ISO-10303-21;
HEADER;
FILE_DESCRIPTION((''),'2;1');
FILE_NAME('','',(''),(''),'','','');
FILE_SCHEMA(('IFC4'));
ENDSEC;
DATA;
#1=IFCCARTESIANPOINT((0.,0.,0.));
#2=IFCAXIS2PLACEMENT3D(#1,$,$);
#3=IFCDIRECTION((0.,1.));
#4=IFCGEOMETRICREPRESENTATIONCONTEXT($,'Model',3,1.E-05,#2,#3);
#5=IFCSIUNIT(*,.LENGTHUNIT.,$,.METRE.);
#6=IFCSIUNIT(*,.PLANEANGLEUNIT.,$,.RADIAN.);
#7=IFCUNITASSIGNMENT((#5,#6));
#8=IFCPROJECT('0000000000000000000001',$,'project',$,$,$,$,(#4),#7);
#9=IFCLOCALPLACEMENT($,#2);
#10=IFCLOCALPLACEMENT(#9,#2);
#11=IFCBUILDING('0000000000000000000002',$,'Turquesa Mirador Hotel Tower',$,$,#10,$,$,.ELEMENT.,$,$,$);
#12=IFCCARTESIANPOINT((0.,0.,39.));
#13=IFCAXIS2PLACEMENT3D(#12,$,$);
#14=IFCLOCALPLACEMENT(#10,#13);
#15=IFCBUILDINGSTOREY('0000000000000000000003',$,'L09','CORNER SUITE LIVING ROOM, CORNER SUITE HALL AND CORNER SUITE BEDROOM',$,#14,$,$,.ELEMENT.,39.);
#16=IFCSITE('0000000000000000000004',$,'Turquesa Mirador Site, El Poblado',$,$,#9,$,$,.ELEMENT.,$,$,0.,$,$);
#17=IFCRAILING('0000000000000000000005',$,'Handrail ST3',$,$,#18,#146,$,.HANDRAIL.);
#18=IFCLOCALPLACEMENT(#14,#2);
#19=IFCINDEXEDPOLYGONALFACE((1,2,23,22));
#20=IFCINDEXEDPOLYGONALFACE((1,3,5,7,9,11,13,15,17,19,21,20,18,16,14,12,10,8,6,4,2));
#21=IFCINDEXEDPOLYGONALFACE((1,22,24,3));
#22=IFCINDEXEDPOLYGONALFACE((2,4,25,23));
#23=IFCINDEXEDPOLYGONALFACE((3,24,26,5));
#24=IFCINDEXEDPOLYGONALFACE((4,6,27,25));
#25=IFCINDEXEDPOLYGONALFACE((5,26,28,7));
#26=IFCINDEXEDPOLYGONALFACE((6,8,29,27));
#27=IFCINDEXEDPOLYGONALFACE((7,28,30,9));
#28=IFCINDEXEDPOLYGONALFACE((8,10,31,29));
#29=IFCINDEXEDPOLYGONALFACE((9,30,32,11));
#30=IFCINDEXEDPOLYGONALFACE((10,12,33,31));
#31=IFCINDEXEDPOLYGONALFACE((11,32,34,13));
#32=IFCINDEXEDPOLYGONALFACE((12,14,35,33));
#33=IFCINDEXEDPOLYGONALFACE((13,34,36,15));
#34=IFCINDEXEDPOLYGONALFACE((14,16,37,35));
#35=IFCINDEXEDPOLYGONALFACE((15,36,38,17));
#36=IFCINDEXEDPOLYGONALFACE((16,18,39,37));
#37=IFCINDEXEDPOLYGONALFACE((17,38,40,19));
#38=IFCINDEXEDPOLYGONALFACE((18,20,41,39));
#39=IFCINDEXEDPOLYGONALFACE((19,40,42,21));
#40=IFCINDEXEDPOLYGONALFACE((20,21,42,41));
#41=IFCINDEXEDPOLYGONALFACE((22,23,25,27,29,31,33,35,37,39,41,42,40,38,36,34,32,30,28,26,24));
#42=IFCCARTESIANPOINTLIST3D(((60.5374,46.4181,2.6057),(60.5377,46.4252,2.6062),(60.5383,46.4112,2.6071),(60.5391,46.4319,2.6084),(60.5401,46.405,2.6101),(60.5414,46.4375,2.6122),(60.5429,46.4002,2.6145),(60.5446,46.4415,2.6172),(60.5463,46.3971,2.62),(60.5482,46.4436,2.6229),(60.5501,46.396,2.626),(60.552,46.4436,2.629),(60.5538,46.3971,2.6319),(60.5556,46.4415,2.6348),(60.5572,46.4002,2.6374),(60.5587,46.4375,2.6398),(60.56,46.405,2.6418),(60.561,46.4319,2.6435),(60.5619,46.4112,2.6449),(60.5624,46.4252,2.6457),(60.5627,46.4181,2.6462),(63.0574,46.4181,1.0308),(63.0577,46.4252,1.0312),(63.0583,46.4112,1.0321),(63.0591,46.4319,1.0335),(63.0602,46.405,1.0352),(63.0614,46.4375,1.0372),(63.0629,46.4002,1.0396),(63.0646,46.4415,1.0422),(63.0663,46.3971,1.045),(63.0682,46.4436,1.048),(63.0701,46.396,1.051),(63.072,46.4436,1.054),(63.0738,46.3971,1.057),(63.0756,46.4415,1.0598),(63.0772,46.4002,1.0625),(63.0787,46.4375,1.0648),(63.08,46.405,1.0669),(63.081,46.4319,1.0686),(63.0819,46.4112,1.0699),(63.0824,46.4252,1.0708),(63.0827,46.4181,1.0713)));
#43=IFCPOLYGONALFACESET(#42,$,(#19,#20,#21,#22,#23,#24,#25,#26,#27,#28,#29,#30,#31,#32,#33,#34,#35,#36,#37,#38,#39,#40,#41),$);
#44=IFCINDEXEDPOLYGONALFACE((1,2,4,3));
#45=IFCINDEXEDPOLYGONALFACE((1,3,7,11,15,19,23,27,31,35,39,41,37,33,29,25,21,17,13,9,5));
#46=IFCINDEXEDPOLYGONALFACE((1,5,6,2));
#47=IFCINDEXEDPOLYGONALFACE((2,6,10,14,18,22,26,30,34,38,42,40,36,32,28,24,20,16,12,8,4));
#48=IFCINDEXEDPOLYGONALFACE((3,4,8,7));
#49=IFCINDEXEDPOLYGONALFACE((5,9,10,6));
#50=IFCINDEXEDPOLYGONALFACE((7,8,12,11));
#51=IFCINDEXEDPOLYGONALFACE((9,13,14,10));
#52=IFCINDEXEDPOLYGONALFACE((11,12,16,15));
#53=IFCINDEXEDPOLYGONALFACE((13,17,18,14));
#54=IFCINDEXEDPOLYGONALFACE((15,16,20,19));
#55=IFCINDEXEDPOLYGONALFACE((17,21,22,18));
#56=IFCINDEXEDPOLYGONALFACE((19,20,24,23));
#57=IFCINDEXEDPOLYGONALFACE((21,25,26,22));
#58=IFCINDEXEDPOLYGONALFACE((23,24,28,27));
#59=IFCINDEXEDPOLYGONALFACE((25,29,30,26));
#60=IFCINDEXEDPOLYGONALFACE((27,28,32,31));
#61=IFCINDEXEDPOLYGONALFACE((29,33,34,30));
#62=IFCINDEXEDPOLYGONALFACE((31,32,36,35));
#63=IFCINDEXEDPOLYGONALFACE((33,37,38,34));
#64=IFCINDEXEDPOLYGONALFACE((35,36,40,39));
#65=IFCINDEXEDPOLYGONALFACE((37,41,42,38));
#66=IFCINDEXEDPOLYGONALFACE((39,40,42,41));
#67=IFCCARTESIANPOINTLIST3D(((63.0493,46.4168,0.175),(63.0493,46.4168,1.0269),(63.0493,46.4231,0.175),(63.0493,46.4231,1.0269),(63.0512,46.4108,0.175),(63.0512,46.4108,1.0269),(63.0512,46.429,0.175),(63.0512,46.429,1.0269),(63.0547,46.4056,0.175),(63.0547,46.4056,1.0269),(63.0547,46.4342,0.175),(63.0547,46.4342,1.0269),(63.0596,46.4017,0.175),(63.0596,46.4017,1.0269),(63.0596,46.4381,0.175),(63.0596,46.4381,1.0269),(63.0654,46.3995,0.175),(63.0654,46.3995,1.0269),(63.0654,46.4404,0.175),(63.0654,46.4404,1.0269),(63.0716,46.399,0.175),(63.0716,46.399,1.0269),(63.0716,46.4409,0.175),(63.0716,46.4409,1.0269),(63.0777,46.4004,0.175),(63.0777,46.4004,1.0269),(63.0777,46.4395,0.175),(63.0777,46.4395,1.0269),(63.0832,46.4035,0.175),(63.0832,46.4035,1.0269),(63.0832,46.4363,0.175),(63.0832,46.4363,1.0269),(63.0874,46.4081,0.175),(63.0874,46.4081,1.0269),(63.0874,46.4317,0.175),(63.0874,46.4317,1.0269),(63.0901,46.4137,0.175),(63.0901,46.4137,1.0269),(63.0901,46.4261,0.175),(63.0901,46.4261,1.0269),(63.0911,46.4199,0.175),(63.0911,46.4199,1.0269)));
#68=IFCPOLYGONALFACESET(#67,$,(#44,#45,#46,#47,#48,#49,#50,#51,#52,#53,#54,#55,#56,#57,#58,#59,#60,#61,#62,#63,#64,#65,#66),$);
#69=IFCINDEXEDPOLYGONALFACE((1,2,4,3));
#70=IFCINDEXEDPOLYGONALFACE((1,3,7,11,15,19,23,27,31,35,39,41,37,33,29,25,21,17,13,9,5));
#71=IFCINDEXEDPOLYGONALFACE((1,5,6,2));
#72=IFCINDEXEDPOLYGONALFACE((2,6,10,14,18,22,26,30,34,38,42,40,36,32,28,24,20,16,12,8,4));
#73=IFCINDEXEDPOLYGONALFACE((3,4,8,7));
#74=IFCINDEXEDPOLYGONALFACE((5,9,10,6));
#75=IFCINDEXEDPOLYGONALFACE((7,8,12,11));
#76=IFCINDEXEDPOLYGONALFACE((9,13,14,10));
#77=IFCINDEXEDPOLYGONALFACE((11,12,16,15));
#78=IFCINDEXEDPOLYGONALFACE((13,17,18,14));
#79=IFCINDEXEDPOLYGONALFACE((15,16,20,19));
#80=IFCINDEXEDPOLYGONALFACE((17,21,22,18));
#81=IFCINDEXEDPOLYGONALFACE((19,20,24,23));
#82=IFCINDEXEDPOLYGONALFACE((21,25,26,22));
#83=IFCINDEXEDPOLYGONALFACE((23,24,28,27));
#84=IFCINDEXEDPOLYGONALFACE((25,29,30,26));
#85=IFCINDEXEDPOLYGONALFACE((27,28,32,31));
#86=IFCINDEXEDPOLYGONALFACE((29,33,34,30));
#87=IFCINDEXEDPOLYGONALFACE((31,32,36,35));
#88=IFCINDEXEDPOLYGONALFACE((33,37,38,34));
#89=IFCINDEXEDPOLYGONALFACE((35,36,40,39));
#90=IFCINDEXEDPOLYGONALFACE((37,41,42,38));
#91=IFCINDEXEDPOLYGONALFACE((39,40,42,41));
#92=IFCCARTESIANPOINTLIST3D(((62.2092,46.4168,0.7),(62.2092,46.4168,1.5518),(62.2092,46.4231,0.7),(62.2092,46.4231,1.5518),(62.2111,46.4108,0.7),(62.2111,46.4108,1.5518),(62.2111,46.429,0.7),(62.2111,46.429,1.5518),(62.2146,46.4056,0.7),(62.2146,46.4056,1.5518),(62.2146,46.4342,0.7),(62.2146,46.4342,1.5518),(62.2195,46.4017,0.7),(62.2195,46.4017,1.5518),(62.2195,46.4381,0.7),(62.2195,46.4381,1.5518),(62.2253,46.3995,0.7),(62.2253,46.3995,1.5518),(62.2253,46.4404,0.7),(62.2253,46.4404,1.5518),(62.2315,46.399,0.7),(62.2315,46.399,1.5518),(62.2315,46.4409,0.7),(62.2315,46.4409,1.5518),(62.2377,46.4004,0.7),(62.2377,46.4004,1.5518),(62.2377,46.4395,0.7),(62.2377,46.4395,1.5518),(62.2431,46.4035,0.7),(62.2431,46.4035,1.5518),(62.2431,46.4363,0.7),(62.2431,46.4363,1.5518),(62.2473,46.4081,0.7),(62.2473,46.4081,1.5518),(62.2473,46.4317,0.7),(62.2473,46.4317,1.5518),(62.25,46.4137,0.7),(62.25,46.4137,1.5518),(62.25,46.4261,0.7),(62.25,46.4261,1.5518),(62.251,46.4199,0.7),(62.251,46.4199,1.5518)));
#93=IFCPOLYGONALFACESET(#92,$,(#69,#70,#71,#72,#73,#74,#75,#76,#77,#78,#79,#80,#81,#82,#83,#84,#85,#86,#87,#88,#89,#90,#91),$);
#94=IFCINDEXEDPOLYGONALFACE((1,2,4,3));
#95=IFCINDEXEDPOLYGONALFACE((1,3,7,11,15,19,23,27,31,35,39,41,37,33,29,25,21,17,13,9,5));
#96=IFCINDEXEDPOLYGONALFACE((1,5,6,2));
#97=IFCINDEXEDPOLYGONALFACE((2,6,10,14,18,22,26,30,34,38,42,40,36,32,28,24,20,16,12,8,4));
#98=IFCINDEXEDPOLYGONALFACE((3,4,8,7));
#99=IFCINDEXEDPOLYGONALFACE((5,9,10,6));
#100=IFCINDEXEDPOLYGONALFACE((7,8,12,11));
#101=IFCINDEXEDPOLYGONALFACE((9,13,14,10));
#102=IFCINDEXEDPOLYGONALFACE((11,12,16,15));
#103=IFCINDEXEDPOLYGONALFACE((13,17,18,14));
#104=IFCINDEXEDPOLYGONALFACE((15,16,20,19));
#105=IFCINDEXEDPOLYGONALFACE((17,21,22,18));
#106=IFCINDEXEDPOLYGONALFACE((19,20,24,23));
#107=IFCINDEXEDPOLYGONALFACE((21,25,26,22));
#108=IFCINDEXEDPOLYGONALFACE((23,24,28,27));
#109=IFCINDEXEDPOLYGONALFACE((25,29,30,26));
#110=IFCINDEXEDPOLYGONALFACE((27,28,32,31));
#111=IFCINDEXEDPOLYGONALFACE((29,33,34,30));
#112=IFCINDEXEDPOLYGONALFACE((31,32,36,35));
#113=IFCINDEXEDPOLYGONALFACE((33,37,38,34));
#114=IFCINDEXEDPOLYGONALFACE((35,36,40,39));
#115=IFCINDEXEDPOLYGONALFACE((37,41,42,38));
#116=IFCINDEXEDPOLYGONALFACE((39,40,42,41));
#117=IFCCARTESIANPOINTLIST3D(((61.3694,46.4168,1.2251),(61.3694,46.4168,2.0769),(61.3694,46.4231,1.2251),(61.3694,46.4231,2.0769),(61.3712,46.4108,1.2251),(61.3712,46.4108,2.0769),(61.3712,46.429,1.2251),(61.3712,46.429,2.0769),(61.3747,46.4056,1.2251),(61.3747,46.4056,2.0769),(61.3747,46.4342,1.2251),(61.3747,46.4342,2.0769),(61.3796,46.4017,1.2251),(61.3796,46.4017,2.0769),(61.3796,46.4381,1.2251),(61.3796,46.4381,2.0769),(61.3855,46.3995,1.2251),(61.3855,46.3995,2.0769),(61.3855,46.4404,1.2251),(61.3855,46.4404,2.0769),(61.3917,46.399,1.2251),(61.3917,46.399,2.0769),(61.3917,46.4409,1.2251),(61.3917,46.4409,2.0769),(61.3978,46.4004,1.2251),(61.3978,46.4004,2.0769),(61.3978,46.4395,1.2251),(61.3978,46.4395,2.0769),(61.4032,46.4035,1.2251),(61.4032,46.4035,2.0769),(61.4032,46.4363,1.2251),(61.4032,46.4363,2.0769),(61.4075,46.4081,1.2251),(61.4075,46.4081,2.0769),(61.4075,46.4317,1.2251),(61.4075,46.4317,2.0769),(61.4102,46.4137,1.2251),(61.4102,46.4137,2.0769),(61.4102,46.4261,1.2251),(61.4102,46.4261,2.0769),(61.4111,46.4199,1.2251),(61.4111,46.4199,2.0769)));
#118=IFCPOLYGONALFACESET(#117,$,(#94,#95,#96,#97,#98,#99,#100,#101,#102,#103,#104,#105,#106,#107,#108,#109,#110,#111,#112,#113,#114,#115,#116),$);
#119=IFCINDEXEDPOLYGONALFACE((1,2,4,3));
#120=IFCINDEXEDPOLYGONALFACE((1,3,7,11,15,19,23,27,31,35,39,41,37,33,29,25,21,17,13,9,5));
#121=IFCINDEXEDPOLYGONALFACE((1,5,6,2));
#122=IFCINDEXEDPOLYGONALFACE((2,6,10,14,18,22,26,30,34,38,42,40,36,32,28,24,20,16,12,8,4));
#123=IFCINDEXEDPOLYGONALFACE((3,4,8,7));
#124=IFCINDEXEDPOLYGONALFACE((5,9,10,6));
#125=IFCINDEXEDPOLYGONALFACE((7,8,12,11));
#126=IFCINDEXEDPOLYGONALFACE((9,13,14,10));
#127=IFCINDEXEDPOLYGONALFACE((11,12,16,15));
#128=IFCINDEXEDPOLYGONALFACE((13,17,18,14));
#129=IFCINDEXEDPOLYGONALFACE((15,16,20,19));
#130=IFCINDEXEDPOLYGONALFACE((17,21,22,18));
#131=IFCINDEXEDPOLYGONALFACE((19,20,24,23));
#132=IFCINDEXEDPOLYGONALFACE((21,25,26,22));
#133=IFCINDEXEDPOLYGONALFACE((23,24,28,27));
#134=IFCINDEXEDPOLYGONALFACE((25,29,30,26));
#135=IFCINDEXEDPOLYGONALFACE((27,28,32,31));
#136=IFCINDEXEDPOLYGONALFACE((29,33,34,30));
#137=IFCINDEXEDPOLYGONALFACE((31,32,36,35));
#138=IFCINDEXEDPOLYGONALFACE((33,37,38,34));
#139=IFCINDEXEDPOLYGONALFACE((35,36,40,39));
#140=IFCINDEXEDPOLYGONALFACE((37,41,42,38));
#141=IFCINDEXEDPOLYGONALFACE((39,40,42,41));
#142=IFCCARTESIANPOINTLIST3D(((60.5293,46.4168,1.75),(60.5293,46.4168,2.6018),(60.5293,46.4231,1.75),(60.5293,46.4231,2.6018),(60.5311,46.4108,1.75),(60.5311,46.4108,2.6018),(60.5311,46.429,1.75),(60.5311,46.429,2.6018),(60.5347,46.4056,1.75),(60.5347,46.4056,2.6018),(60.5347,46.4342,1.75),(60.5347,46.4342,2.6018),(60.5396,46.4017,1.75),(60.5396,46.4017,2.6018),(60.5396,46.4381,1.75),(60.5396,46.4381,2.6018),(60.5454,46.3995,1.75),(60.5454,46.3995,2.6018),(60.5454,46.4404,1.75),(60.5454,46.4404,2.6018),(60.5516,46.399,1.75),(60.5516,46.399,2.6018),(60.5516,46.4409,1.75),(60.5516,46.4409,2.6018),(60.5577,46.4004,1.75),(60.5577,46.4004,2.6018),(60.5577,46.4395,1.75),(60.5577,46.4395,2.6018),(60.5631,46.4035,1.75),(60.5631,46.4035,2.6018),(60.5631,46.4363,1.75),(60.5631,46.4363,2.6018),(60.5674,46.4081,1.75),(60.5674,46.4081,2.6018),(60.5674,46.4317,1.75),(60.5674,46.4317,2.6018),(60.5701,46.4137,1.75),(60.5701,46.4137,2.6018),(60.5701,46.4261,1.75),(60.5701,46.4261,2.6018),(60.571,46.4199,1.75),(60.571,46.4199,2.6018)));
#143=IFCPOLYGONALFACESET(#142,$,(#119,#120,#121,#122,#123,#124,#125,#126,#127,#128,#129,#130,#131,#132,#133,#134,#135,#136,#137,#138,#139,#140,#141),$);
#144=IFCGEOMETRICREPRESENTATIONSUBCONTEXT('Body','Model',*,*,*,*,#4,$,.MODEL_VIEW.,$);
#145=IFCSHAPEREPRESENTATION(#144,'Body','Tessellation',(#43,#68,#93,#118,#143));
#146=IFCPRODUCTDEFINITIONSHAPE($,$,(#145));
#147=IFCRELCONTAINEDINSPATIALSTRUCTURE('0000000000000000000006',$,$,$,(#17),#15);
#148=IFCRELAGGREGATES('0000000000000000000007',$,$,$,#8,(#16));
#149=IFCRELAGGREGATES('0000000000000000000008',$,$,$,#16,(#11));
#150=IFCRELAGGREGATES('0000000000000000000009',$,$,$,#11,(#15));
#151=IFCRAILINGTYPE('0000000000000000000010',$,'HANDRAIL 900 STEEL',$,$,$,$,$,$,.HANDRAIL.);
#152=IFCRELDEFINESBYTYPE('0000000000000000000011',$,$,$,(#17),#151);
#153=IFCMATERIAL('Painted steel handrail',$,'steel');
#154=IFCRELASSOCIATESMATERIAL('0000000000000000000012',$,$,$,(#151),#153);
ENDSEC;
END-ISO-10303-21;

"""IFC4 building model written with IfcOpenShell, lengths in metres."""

from ifc_helpers import new_model, si_unit, direction, frame, origin, origin_2d, place, context, subcontext, project, spatial, circle, extrude, material, type_object, element, save


model = new_model("IFC4")

# Units and contexts
model_context = context("Model", 3, precision=1e-05, world=origin(), true_north=direction((0.0, 1.0)))
body_context = subcontext(model_context, "Body", "Model", "MODEL_VIEW")
ifc_project = project(units=[si_unit("LENGTHUNIT", "METRE"), si_unit("PLANEANGLEUNIT", "RADIAN")], contexts=[model_context])

# Site, building, storey
site_placement = place(None, origin())
site = spatial("IfcSite", under=ifc_project, at=site_placement, Name="Turquesa Mirador Site, El Poblado", CompositionType="ELEMENT", RefElevation=0.0)
building_placement = place(site_placement, origin())
building = spatial("IfcBuilding", under=site, at=building_placement, Name="Turquesa Mirador Hotel Tower", CompositionType="ELEMENT")
storey_placement = place(building_placement, frame((0.0, 0.0, 39.0)))
storey = spatial("IfcBuildingStorey", under=building, at=storey_placement, Name="L09", Description="CORNER SUITE LIVING ROOM, CORNER SUITE HALL AND CORNER SUITE BEDROOM", CompositionType="ELEMENT", Elevation=39.0)

# Railing
ifc_material_1 = material(Name="Painted steel handrail", Category="steel")
railing_type = type_object("IfcRailingType", Name="HANDRAIL 900 STEEL", PredefinedType="HANDRAIL", material=ifc_material_1)
railing_1_placement = place(storey_placement, frame((63.0701, 46.4199, 0.175)))
element("IfcRailing", 1, at=railing_1_placement, inside=storey, type_object=railing_type, Name="Handrail ST3", PredefinedType="HANDRAIL", context=body_context, shape_type="SweptSolid", body=[
    extrude(circle(Radius=0.0239, at=origin_2d()), frame((0.0, 0.0, 0.876), z_axis=(-0.848008, 0.0, 0.529984), x_axis=(0.0, -1.0, 0.0)), (0.0, 0.0, 1.0), 2.9717),
    extrude(circle(Radius=0.021, at=origin_2d()), origin(), (0.0, 0.0, 1.0), 0.8518),
    extrude(circle(Radius=0.021, at=origin_2d()), frame((-0.8401, 0.0, 0.5249)), (0.0, 0.0, 1.0), 0.8518),
    extrude(circle(Radius=0.021, at=origin_2d()), frame((-1.6799, 0.0, 1.05)), (0.0, 0.0, 1.0), 0.8518),
    extrude(circle(Radius=0.021, at=origin_2d()), frame((-2.52, 0.0, 1.575)), (0.0, 0.0, 1.0), 0.8518),
])

save(model, "model.ifc")
